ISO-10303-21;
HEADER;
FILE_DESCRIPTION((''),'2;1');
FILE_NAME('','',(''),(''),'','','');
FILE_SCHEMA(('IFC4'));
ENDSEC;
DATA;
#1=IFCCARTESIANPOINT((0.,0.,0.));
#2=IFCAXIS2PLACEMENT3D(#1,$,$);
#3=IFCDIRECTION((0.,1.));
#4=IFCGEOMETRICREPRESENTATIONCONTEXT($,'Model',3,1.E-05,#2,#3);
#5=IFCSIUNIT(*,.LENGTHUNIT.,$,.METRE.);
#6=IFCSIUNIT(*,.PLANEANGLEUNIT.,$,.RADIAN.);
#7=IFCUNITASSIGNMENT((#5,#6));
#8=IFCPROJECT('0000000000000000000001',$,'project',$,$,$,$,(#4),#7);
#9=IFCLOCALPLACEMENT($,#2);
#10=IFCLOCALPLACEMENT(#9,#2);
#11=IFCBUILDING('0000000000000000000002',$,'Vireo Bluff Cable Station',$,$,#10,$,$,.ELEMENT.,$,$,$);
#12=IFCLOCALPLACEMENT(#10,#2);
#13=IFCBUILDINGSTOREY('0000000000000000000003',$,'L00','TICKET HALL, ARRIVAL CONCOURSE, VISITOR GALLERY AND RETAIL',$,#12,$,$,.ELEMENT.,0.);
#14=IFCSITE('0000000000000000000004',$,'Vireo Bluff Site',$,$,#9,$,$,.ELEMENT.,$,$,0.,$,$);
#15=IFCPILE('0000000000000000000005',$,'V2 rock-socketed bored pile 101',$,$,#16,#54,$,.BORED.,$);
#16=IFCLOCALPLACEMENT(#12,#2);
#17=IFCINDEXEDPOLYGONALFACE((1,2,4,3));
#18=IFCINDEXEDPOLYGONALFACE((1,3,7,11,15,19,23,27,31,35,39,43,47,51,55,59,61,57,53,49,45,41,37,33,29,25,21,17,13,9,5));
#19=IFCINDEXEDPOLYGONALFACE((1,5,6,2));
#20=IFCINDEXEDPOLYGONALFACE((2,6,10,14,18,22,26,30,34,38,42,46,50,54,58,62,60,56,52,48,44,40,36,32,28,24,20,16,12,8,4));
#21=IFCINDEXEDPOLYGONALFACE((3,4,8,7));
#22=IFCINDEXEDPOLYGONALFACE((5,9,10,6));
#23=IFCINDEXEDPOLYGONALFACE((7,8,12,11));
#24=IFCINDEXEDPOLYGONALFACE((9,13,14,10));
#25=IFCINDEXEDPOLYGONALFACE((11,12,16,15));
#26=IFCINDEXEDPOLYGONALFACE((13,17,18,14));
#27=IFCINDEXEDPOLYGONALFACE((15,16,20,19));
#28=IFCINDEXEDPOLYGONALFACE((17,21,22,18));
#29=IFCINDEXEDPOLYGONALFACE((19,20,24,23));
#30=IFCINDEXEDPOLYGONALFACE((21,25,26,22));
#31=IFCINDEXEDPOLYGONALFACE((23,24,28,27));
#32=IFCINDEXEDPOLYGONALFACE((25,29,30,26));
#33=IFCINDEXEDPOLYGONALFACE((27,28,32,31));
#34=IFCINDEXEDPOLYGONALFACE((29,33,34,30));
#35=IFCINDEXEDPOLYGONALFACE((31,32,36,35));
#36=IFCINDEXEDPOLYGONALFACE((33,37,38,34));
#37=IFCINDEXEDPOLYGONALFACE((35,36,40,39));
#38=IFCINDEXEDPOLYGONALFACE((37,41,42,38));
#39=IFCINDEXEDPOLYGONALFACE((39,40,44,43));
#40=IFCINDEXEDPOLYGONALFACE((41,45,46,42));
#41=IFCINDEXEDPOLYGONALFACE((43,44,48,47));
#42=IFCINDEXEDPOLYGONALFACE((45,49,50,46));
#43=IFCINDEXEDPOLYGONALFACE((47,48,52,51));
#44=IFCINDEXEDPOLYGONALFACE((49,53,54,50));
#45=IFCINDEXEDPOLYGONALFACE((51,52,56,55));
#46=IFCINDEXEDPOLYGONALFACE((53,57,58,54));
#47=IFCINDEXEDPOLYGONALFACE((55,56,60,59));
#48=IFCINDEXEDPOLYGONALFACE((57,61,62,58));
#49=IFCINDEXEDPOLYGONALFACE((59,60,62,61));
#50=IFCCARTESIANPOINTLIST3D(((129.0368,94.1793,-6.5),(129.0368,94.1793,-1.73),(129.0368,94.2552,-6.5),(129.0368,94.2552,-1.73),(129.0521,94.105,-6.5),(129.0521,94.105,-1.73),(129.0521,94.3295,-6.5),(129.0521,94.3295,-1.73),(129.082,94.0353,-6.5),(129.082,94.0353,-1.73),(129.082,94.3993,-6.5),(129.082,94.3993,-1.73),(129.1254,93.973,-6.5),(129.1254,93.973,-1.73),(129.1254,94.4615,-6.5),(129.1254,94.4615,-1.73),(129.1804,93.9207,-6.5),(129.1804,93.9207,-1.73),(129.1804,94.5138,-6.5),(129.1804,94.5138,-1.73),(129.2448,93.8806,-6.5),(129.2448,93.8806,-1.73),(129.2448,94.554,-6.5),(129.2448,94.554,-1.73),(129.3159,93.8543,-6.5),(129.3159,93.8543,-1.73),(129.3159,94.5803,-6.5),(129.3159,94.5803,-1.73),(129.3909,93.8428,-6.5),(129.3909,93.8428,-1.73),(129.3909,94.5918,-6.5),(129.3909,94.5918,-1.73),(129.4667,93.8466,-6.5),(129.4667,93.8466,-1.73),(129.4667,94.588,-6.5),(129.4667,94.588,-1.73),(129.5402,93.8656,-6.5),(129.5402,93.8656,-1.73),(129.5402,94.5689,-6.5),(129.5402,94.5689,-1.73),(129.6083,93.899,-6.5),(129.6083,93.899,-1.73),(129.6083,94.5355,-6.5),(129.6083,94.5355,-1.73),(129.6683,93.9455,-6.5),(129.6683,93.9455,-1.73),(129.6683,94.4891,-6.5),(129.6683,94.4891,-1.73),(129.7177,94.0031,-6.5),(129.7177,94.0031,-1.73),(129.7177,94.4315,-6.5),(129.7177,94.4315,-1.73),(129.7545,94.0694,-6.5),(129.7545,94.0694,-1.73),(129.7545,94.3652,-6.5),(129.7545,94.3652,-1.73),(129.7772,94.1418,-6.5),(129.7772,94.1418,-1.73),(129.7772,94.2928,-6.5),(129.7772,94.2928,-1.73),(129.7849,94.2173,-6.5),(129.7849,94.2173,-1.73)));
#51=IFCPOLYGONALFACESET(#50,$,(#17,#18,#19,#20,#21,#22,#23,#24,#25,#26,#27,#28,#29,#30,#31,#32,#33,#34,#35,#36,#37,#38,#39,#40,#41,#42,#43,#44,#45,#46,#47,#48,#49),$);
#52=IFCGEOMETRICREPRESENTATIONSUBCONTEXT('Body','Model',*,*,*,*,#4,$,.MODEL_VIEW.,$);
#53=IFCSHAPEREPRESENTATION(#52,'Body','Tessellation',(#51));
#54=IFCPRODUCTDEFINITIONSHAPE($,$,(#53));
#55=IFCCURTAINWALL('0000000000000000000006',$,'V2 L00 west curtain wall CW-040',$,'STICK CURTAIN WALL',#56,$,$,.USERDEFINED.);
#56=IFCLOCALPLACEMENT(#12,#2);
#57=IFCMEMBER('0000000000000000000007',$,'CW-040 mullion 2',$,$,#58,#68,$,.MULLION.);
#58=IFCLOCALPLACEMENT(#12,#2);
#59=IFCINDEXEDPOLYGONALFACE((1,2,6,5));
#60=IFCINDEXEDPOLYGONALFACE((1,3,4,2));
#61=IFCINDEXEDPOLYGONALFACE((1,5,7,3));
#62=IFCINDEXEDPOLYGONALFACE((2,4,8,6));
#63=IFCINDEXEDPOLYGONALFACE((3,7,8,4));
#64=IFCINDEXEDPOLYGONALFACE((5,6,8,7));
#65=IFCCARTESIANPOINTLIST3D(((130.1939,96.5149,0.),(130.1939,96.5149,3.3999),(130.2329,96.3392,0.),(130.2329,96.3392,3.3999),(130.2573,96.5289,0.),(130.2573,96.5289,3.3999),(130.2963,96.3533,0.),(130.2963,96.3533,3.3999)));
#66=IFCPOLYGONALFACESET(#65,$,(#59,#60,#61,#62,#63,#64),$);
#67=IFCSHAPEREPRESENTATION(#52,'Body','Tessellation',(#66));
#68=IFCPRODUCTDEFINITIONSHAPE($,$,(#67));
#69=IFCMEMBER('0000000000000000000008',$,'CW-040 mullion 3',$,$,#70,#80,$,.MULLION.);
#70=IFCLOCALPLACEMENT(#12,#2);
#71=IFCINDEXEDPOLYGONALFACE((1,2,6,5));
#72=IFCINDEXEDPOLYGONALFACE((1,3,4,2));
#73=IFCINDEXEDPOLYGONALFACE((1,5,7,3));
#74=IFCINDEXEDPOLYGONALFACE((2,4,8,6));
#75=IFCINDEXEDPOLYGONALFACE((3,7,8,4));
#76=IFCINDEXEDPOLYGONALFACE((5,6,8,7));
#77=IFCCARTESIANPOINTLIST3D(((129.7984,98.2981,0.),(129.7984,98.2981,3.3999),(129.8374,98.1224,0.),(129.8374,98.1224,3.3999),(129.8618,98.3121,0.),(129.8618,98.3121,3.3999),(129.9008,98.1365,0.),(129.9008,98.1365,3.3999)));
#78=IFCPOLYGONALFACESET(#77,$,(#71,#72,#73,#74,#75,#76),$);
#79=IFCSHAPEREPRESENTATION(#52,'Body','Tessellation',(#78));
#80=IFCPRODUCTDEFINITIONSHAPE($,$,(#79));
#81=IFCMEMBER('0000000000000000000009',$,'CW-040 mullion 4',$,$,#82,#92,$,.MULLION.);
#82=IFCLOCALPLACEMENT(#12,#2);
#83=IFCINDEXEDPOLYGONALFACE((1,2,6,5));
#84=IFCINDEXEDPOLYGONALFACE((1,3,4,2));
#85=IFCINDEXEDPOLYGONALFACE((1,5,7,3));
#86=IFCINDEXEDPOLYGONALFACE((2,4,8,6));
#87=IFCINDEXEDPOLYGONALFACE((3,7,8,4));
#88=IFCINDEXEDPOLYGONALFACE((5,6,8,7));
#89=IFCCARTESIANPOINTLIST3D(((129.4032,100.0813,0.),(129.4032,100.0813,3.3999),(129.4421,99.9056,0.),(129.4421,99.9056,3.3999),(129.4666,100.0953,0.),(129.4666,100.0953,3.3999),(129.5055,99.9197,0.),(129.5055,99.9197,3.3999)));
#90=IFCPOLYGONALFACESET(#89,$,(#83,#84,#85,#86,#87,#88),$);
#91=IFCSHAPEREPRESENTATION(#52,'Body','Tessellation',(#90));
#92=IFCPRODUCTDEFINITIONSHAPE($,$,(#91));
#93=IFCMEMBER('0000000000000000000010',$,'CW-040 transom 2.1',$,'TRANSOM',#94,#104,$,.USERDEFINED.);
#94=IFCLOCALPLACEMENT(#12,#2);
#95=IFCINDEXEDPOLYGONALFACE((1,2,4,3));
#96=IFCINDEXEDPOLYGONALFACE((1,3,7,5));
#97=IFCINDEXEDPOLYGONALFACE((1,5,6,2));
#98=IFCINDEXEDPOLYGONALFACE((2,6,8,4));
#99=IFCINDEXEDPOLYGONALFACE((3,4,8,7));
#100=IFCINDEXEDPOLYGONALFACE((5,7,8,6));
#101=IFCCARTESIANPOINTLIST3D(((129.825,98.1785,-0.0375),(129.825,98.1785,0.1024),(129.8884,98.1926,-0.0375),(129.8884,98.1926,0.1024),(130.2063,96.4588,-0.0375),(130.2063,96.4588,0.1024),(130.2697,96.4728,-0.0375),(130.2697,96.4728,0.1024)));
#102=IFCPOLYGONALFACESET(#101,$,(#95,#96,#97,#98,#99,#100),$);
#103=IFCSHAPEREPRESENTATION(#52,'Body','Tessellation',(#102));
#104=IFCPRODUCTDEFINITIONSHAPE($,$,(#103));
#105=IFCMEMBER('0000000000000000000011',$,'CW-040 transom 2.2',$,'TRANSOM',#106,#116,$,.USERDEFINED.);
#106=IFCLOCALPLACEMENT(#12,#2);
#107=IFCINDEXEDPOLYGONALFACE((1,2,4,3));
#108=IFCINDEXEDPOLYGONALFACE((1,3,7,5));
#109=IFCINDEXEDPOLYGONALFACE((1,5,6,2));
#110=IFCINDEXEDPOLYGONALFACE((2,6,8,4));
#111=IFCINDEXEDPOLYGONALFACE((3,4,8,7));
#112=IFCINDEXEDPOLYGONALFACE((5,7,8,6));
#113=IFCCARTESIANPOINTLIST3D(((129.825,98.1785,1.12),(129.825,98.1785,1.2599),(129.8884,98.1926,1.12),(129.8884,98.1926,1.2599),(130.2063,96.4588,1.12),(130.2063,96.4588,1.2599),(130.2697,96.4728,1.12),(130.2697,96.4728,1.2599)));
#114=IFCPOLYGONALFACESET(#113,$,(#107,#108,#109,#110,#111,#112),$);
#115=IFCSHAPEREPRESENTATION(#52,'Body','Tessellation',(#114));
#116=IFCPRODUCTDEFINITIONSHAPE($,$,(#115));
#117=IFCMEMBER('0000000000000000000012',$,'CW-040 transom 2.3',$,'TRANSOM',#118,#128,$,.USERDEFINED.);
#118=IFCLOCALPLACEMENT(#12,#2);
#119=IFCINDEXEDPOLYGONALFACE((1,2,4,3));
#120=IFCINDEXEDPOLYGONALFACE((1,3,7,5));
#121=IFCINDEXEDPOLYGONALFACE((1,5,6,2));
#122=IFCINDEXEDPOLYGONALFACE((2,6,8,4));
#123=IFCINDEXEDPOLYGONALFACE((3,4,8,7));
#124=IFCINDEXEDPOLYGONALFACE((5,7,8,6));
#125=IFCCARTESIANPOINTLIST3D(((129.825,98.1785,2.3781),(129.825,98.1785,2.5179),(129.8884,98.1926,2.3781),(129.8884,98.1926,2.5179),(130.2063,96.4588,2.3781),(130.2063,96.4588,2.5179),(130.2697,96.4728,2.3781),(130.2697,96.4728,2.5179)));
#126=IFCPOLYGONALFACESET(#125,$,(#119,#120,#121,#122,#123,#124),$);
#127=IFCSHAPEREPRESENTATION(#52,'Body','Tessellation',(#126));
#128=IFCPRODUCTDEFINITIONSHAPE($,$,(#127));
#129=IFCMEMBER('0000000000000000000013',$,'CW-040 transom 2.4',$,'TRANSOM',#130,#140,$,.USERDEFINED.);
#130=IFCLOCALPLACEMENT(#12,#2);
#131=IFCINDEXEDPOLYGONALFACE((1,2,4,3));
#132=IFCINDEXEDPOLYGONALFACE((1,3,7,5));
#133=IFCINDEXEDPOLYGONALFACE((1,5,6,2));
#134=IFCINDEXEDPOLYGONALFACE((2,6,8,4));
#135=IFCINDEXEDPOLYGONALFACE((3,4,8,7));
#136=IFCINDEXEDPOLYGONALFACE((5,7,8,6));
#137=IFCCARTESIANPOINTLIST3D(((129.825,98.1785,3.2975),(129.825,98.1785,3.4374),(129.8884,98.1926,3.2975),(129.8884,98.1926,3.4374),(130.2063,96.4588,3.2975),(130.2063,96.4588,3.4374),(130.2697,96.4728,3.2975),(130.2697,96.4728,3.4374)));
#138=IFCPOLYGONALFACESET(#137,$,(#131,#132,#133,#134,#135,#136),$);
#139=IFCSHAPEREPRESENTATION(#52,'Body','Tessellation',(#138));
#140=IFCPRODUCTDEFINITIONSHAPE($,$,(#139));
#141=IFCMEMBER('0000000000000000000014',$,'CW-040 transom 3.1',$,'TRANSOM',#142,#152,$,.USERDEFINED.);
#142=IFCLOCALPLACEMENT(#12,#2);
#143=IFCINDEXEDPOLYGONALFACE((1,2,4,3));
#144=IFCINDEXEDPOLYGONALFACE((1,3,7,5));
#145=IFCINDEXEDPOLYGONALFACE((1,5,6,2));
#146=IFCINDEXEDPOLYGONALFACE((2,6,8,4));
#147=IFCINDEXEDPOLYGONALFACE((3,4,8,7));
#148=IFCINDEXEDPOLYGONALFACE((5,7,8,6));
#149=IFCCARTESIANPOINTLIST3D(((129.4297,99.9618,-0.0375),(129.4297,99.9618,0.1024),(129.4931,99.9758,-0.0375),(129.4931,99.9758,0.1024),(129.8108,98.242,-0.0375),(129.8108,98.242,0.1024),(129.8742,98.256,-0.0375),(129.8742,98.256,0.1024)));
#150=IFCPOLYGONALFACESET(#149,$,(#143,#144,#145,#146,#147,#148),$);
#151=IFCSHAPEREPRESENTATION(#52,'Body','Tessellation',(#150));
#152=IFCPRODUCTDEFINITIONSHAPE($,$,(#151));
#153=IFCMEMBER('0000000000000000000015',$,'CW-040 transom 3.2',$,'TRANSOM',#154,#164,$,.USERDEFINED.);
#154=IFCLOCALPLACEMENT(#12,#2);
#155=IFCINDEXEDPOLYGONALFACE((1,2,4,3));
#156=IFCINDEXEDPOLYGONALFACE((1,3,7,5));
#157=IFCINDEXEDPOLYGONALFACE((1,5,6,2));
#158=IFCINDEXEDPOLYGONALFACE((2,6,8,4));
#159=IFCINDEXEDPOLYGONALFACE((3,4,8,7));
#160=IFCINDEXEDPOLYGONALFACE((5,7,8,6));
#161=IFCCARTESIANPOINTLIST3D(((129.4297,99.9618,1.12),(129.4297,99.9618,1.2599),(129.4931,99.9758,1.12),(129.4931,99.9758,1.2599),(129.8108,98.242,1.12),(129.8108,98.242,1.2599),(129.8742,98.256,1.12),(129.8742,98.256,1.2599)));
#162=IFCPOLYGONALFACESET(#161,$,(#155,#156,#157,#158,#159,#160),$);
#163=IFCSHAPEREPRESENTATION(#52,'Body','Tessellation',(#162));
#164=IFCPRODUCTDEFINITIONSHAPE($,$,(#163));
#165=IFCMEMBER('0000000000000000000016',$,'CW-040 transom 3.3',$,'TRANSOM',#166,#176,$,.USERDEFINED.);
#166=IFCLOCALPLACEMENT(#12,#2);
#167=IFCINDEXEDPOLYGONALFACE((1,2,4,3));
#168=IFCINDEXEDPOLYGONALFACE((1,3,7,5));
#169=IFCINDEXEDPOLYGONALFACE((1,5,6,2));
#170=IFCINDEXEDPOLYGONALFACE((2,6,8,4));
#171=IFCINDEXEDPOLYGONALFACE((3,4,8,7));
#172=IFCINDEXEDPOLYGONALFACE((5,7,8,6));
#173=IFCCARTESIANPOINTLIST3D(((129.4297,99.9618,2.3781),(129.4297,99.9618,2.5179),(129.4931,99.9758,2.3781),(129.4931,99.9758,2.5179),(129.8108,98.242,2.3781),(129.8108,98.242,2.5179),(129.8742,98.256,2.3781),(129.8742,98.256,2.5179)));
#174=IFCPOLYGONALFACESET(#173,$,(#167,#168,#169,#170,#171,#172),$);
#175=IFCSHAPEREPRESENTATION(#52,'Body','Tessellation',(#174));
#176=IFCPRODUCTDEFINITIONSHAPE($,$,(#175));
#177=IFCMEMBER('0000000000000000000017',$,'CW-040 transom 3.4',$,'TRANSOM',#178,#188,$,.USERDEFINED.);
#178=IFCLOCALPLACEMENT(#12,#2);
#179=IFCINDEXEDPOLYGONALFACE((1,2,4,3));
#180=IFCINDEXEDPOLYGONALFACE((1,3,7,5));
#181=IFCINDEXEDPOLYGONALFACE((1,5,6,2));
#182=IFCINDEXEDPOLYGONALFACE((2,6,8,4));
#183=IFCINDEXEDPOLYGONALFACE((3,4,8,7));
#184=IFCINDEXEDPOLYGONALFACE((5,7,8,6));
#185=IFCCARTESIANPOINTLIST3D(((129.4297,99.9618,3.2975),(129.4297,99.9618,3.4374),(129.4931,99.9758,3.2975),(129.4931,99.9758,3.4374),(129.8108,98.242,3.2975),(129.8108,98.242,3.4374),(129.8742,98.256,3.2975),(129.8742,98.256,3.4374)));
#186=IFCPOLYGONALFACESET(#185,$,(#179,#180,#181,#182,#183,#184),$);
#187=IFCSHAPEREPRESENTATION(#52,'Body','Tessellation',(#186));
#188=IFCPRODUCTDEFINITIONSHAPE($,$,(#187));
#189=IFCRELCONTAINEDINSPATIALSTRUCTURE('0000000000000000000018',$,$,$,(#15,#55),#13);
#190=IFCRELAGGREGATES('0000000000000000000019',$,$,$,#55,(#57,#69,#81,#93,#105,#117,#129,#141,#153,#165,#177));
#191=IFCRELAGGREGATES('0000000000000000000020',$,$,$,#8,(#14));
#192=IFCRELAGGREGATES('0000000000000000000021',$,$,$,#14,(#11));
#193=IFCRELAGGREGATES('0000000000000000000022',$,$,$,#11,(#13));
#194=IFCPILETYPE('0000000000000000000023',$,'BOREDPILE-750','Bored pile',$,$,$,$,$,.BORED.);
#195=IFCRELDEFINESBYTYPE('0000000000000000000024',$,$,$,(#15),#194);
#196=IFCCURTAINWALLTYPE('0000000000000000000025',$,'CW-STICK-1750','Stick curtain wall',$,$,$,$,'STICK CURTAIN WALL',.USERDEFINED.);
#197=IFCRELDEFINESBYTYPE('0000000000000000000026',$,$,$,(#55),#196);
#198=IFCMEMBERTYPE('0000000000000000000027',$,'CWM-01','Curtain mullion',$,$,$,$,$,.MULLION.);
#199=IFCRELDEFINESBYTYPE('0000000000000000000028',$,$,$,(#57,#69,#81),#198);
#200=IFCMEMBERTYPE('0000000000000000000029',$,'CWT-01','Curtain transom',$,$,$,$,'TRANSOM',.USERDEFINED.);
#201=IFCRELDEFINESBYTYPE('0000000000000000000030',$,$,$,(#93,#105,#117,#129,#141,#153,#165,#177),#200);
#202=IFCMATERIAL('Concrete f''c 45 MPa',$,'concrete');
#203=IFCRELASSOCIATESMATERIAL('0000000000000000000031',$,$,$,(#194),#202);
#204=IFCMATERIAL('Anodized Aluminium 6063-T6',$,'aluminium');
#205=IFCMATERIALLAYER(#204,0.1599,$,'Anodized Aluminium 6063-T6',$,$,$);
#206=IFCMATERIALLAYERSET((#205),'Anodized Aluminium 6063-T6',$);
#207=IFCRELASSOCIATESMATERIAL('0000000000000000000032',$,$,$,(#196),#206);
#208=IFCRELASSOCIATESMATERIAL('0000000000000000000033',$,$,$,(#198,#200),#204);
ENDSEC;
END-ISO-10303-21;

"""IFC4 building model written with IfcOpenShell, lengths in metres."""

from ifc_helpers import new_model, si_unit, direction, frame, origin, origin_2d, place, context, subcontext, project, spatial, rectangle, circle, extrude, material, layer, layer_set, material_profile, profile_set, type_object, element, aggregate, save


model = new_model("IFC4")

# Units and contexts
model_context = context("Model", 3, precision=1e-05, world=origin(), true_north=direction((0.0, 1.0)))
body_context = subcontext(model_context, "Body", "Model", "MODEL_VIEW")
ifc_project = project(units=[si_unit("LENGTHUNIT", "METRE"), si_unit("PLANEANGLEUNIT", "RADIAN")], contexts=[model_context])

# Site, building, storey
site_placement = place(None, origin())
site = spatial("IfcSite", under=ifc_project, at=site_placement, Name="Vireo Bluff Site", CompositionType="ELEMENT", RefElevation=0.0)
building_placement = place(site_placement, origin())
building = spatial("IfcBuilding", under=site, at=building_placement, Name="Vireo Bluff Cable Station", CompositionType="ELEMENT")
storey_placement = place(building_placement, origin())
storey = spatial("IfcBuildingStorey", under=building, at=storey_placement, Name="L00", Description="TICKET HALL, ARRIVAL CONCOURSE, VISITOR GALLERY AND RETAIL", CompositionType="ELEMENT", Elevation=0.0)

# Pile
ifc_material_1 = material(Name="Concrete f'c 45 MPa", Category="concrete")
ifc_material_profile_1 = material_profile(ifc_material_1, circle(Radius=0.375, at=origin_2d()), Name="BOREDPILE-750")
ifc_profile_set_1 = profile_set([ifc_material_profile_1], Name="Concrete f'c 45 MPa")
pile_type = type_object("IfcPileType", Name="BOREDPILE-750", Description="Bored pile", PredefinedType="BORED", material=ifc_profile_set_1)
pile_placement = place(storey_placement, frame((129.4099, 94.2173, -1.73), z_axis=(0.0, 0.0, -1.0), x_axis=(1.0, 0.0, 0.0)))
element("IfcPile", 1, at=pile_placement, inside=storey, type_object=pile_type, Name="V2 rock-socketed bored pile 101", PredefinedType="BORED", context=body_context, shape_type="SweptSolid", body=[
    extrude(circle(Radius=0.375, at=origin_2d()), origin(), (0.0, 0.0, 1.0), 4.77),
])

# Curtain wall, members
ifc_material_2 = material(Name="Anodized Aluminium 6063-T6", Category="aluminium")
ifc_layer_1 = layer(ifc_material_2, 0.1599, Name="Anodized Aluminium 6063-T6")
ifc_layer_set_1 = layer_set([ifc_layer_1], Name="Anodized Aluminium 6063-T6")
curtain_wall_type = type_object("IfcCurtainWallType", Name="CW-STICK-1750", Description="Stick curtain wall", ElementType="STICK CURTAIN WALL", PredefinedType="USERDEFINED", material=ifc_layer_set_1)
curtain_wall_placement = place(storey_placement, origin())
curtain_wall = element("IfcCurtainWall", 2, at=curtain_wall_placement, inside=storey, type_object=curtain_wall_type, Name="V2 L00 west curtain wall CW-040", ObjectType="STICK CURTAIN WALL", PredefinedType="USERDEFINED")
ifc_material_profile_2 = material_profile(ifc_material_2, rectangle(XDim=0.0649, YDim=0.1799, at=origin_2d()), Name="ALU-M-65X180")
ifc_profile_set_2 = profile_set([ifc_material_profile_2], Name="Anodized Aluminium 6063-T6")
member_type_1 = type_object("IfcMemberType", Name="CWM-01", Description="Curtain mullion", PredefinedType="MULLION", material=ifc_profile_set_2)
member_1_placement = place(storey_placement, frame((130.2451, 96.4341, 0.0), z_axis=(0.0, 0.0, 1.0), x_axis=(-0.976296, -0.21644, 0.0)))
member_1 = element("IfcMember", 3, at=member_1_placement, type_object=member_type_1, Name="CW-040 mullion 2", PredefinedType="MULLION", context=body_context, shape_type="SweptSolid", body=[
    extrude(rectangle(XDim=0.0649, YDim=0.1799, at=origin_2d()), origin(), (0.0, 0.0, 1.0), 3.3999),
])
member_2_placement = place(storey_placement, frame((129.8496, 98.2173, 0.0), z_axis=(0.0, 0.0, 1.0), x_axis=(-0.976296, -0.21644, 0.0)))
member_2 = element("IfcMember", 4, at=member_2_placement, type_object=member_type_1, Name="CW-040 mullion 3", PredefinedType="MULLION", context=body_context, shape_type="SweptSolid", body=[
    extrude(rectangle(XDim=0.0649, YDim=0.1799, at=origin_2d()), origin(), (0.0, 0.0, 1.0), 3.3999),
])
member_3_placement = place(storey_placement, frame((129.4543, 100.0005, 0.0), z_axis=(0.0, 0.0, 1.0), x_axis=(-0.976296, -0.21644, 0.0)))
member_3 = element("IfcMember", 5, at=member_3_placement, type_object=member_type_1, Name="CW-040 mullion 4", PredefinedType="MULLION", context=body_context, shape_type="SweptSolid", body=[
    extrude(rectangle(XDim=0.0649, YDim=0.1799, at=origin_2d()), origin(), (0.0, 0.0, 1.0), 3.3999),
])
ifc_material_profile_3 = material_profile(ifc_material_2, rectangle(XDim=0.0649, YDim=0.1399, at=origin_2d()), Name="ALU-T-65X140")
ifc_profile_set_3 = profile_set([ifc_material_profile_3], Name="Anodized Aluminium 6063-T6")
member_type_2 = type_object("IfcMemberType", Name="CWT-01", Description="Curtain transom", ElementType="TRANSOM", PredefinedType="USERDEFINED", material=ifc_profile_set_3)
member_4_placement = place(storey_placement, frame((130.238, 96.4658, 0.0325), z_axis=(-0.21649, 0.976285, 0.0), x_axis=(-0.976285, -0.21649, 0.0)))
member_4 = element("IfcMember", 6, at=member_4_placement, type_object=member_type_2, Name="CW-040 transom 2.1", ObjectType="TRANSOM", PredefinedType="USERDEFINED", context=body_context, shape_type="SweptSolid", body=[
    extrude(rectangle(XDim=0.0649, YDim=0.1399, at=origin_2d()), origin(), (0.0, 0.0, 1.0), 1.7615),
])
member_5_placement = place(storey_placement, frame((130.238, 96.4658, 1.1899), z_axis=(-0.21649, 0.976285, 0.0), x_axis=(-0.976285, -0.21649, 0.0)))
member_5 = element("IfcMember", 7, at=member_5_placement, type_object=member_type_2, Name="CW-040 transom 2.2", ObjectType="TRANSOM", PredefinedType="USERDEFINED", context=body_context, shape_type="SweptSolid", body=[
    extrude(rectangle(XDim=0.0649, YDim=0.1399, at=origin_2d()), origin(), (0.0, 0.0, 1.0), 1.7615),
])
member_6_placement = place(storey_placement, frame((130.238, 96.4658, 2.448), z_axis=(-0.21649, 0.976285, 0.0), x_axis=(-0.976285, -0.21649, 0.0)))
member_6 = element("IfcMember", 8, at=member_6_placement, type_object=member_type_2, Name="CW-040 transom 2.3", ObjectType="TRANSOM", PredefinedType="USERDEFINED", context=body_context, shape_type="SweptSolid", body=[
    extrude(rectangle(XDim=0.0649, YDim=0.1399, at=origin_2d()), origin(), (0.0, 0.0, 1.0), 1.7615),
])
member_7_placement = place(storey_placement, frame((130.238, 96.4658, 3.3674), z_axis=(-0.21649, 0.976285, 0.0), x_axis=(-0.976285, -0.21649, 0.0)))
member_7 = element("IfcMember", 9, at=member_7_placement, type_object=member_type_2, Name="CW-040 transom 2.4", ObjectType="TRANSOM", PredefinedType="USERDEFINED", context=body_context, shape_type="SweptSolid", body=[
    extrude(rectangle(XDim=0.0649, YDim=0.1399, at=origin_2d()), origin(), (0.0, 0.0, 1.0), 1.7615),
])
member_8_placement = place(storey_placement, frame((129.8425, 98.249, 0.0325), z_axis=(-0.216358, 0.976314, 0.0), x_axis=(-0.976314, -0.216358, 0.0)))
member_8 = element("IfcMember", 10, at=member_8_placement, type_object=member_type_2, Name="CW-040 transom 3.1", ObjectType="TRANSOM", PredefinedType="USERDEFINED", context=body_context, shape_type="SweptSolid", body=[
    extrude(rectangle(XDim=0.0649, YDim=0.1399, at=origin_2d()), origin(), (0.0, 0.0, 1.0), 1.7615),
])
member_9_placement = place(storey_placement, frame((129.8425, 98.249, 1.1899), z_axis=(-0.216358, 0.976314, 0.0), x_axis=(-0.976314, -0.216358, 0.0)))
member_9 = element("IfcMember", 11, at=member_9_placement, type_object=member_type_2, Name="CW-040 transom 3.2", ObjectType="TRANSOM", PredefinedType="USERDEFINED", context=body_context, shape_type="SweptSolid", body=[
    extrude(rectangle(XDim=0.0649, YDim=0.1399, at=origin_2d()), origin(), (0.0, 0.0, 1.0), 1.7615),
])
member_10_placement = place(storey_placement, frame((129.8425, 98.249, 2.448), z_axis=(-0.216358, 0.976314, 0.0), x_axis=(-0.976314, -0.216358, 0.0)))
member_10 = element("IfcMember", 12, at=member_10_placement, type_object=member_type_2, Name="CW-040 transom 3.3", ObjectType="TRANSOM", PredefinedType="USERDEFINED", context=body_context, shape_type="SweptSolid", body=[
    extrude(rectangle(XDim=0.0649, YDim=0.1399, at=origin_2d()), origin(), (0.0, 0.0, 1.0), 1.7615),
])
member_11_placement = place(storey_placement, frame((129.8425, 98.249, 3.3674), z_axis=(-0.216358, 0.976314, 0.0), x_axis=(-0.976314, -0.216358, 0.0)))
member_11 = element("IfcMember", 13, at=member_11_placement, type_object=member_type_2, Name="CW-040 transom 3.4", ObjectType="TRANSOM", PredefinedType="USERDEFINED", context=body_context, shape_type="SweptSolid", body=[
    extrude(rectangle(XDim=0.0649, YDim=0.1399, at=origin_2d()), origin(), (0.0, 0.0, 1.0), 1.7615),
])

aggregate(curtain_wall, [member_1, member_2, member_3, member_4, member_5, member_6, member_7, member_8, member_9, member_10, member_11])

save(model, "model.ifc")
